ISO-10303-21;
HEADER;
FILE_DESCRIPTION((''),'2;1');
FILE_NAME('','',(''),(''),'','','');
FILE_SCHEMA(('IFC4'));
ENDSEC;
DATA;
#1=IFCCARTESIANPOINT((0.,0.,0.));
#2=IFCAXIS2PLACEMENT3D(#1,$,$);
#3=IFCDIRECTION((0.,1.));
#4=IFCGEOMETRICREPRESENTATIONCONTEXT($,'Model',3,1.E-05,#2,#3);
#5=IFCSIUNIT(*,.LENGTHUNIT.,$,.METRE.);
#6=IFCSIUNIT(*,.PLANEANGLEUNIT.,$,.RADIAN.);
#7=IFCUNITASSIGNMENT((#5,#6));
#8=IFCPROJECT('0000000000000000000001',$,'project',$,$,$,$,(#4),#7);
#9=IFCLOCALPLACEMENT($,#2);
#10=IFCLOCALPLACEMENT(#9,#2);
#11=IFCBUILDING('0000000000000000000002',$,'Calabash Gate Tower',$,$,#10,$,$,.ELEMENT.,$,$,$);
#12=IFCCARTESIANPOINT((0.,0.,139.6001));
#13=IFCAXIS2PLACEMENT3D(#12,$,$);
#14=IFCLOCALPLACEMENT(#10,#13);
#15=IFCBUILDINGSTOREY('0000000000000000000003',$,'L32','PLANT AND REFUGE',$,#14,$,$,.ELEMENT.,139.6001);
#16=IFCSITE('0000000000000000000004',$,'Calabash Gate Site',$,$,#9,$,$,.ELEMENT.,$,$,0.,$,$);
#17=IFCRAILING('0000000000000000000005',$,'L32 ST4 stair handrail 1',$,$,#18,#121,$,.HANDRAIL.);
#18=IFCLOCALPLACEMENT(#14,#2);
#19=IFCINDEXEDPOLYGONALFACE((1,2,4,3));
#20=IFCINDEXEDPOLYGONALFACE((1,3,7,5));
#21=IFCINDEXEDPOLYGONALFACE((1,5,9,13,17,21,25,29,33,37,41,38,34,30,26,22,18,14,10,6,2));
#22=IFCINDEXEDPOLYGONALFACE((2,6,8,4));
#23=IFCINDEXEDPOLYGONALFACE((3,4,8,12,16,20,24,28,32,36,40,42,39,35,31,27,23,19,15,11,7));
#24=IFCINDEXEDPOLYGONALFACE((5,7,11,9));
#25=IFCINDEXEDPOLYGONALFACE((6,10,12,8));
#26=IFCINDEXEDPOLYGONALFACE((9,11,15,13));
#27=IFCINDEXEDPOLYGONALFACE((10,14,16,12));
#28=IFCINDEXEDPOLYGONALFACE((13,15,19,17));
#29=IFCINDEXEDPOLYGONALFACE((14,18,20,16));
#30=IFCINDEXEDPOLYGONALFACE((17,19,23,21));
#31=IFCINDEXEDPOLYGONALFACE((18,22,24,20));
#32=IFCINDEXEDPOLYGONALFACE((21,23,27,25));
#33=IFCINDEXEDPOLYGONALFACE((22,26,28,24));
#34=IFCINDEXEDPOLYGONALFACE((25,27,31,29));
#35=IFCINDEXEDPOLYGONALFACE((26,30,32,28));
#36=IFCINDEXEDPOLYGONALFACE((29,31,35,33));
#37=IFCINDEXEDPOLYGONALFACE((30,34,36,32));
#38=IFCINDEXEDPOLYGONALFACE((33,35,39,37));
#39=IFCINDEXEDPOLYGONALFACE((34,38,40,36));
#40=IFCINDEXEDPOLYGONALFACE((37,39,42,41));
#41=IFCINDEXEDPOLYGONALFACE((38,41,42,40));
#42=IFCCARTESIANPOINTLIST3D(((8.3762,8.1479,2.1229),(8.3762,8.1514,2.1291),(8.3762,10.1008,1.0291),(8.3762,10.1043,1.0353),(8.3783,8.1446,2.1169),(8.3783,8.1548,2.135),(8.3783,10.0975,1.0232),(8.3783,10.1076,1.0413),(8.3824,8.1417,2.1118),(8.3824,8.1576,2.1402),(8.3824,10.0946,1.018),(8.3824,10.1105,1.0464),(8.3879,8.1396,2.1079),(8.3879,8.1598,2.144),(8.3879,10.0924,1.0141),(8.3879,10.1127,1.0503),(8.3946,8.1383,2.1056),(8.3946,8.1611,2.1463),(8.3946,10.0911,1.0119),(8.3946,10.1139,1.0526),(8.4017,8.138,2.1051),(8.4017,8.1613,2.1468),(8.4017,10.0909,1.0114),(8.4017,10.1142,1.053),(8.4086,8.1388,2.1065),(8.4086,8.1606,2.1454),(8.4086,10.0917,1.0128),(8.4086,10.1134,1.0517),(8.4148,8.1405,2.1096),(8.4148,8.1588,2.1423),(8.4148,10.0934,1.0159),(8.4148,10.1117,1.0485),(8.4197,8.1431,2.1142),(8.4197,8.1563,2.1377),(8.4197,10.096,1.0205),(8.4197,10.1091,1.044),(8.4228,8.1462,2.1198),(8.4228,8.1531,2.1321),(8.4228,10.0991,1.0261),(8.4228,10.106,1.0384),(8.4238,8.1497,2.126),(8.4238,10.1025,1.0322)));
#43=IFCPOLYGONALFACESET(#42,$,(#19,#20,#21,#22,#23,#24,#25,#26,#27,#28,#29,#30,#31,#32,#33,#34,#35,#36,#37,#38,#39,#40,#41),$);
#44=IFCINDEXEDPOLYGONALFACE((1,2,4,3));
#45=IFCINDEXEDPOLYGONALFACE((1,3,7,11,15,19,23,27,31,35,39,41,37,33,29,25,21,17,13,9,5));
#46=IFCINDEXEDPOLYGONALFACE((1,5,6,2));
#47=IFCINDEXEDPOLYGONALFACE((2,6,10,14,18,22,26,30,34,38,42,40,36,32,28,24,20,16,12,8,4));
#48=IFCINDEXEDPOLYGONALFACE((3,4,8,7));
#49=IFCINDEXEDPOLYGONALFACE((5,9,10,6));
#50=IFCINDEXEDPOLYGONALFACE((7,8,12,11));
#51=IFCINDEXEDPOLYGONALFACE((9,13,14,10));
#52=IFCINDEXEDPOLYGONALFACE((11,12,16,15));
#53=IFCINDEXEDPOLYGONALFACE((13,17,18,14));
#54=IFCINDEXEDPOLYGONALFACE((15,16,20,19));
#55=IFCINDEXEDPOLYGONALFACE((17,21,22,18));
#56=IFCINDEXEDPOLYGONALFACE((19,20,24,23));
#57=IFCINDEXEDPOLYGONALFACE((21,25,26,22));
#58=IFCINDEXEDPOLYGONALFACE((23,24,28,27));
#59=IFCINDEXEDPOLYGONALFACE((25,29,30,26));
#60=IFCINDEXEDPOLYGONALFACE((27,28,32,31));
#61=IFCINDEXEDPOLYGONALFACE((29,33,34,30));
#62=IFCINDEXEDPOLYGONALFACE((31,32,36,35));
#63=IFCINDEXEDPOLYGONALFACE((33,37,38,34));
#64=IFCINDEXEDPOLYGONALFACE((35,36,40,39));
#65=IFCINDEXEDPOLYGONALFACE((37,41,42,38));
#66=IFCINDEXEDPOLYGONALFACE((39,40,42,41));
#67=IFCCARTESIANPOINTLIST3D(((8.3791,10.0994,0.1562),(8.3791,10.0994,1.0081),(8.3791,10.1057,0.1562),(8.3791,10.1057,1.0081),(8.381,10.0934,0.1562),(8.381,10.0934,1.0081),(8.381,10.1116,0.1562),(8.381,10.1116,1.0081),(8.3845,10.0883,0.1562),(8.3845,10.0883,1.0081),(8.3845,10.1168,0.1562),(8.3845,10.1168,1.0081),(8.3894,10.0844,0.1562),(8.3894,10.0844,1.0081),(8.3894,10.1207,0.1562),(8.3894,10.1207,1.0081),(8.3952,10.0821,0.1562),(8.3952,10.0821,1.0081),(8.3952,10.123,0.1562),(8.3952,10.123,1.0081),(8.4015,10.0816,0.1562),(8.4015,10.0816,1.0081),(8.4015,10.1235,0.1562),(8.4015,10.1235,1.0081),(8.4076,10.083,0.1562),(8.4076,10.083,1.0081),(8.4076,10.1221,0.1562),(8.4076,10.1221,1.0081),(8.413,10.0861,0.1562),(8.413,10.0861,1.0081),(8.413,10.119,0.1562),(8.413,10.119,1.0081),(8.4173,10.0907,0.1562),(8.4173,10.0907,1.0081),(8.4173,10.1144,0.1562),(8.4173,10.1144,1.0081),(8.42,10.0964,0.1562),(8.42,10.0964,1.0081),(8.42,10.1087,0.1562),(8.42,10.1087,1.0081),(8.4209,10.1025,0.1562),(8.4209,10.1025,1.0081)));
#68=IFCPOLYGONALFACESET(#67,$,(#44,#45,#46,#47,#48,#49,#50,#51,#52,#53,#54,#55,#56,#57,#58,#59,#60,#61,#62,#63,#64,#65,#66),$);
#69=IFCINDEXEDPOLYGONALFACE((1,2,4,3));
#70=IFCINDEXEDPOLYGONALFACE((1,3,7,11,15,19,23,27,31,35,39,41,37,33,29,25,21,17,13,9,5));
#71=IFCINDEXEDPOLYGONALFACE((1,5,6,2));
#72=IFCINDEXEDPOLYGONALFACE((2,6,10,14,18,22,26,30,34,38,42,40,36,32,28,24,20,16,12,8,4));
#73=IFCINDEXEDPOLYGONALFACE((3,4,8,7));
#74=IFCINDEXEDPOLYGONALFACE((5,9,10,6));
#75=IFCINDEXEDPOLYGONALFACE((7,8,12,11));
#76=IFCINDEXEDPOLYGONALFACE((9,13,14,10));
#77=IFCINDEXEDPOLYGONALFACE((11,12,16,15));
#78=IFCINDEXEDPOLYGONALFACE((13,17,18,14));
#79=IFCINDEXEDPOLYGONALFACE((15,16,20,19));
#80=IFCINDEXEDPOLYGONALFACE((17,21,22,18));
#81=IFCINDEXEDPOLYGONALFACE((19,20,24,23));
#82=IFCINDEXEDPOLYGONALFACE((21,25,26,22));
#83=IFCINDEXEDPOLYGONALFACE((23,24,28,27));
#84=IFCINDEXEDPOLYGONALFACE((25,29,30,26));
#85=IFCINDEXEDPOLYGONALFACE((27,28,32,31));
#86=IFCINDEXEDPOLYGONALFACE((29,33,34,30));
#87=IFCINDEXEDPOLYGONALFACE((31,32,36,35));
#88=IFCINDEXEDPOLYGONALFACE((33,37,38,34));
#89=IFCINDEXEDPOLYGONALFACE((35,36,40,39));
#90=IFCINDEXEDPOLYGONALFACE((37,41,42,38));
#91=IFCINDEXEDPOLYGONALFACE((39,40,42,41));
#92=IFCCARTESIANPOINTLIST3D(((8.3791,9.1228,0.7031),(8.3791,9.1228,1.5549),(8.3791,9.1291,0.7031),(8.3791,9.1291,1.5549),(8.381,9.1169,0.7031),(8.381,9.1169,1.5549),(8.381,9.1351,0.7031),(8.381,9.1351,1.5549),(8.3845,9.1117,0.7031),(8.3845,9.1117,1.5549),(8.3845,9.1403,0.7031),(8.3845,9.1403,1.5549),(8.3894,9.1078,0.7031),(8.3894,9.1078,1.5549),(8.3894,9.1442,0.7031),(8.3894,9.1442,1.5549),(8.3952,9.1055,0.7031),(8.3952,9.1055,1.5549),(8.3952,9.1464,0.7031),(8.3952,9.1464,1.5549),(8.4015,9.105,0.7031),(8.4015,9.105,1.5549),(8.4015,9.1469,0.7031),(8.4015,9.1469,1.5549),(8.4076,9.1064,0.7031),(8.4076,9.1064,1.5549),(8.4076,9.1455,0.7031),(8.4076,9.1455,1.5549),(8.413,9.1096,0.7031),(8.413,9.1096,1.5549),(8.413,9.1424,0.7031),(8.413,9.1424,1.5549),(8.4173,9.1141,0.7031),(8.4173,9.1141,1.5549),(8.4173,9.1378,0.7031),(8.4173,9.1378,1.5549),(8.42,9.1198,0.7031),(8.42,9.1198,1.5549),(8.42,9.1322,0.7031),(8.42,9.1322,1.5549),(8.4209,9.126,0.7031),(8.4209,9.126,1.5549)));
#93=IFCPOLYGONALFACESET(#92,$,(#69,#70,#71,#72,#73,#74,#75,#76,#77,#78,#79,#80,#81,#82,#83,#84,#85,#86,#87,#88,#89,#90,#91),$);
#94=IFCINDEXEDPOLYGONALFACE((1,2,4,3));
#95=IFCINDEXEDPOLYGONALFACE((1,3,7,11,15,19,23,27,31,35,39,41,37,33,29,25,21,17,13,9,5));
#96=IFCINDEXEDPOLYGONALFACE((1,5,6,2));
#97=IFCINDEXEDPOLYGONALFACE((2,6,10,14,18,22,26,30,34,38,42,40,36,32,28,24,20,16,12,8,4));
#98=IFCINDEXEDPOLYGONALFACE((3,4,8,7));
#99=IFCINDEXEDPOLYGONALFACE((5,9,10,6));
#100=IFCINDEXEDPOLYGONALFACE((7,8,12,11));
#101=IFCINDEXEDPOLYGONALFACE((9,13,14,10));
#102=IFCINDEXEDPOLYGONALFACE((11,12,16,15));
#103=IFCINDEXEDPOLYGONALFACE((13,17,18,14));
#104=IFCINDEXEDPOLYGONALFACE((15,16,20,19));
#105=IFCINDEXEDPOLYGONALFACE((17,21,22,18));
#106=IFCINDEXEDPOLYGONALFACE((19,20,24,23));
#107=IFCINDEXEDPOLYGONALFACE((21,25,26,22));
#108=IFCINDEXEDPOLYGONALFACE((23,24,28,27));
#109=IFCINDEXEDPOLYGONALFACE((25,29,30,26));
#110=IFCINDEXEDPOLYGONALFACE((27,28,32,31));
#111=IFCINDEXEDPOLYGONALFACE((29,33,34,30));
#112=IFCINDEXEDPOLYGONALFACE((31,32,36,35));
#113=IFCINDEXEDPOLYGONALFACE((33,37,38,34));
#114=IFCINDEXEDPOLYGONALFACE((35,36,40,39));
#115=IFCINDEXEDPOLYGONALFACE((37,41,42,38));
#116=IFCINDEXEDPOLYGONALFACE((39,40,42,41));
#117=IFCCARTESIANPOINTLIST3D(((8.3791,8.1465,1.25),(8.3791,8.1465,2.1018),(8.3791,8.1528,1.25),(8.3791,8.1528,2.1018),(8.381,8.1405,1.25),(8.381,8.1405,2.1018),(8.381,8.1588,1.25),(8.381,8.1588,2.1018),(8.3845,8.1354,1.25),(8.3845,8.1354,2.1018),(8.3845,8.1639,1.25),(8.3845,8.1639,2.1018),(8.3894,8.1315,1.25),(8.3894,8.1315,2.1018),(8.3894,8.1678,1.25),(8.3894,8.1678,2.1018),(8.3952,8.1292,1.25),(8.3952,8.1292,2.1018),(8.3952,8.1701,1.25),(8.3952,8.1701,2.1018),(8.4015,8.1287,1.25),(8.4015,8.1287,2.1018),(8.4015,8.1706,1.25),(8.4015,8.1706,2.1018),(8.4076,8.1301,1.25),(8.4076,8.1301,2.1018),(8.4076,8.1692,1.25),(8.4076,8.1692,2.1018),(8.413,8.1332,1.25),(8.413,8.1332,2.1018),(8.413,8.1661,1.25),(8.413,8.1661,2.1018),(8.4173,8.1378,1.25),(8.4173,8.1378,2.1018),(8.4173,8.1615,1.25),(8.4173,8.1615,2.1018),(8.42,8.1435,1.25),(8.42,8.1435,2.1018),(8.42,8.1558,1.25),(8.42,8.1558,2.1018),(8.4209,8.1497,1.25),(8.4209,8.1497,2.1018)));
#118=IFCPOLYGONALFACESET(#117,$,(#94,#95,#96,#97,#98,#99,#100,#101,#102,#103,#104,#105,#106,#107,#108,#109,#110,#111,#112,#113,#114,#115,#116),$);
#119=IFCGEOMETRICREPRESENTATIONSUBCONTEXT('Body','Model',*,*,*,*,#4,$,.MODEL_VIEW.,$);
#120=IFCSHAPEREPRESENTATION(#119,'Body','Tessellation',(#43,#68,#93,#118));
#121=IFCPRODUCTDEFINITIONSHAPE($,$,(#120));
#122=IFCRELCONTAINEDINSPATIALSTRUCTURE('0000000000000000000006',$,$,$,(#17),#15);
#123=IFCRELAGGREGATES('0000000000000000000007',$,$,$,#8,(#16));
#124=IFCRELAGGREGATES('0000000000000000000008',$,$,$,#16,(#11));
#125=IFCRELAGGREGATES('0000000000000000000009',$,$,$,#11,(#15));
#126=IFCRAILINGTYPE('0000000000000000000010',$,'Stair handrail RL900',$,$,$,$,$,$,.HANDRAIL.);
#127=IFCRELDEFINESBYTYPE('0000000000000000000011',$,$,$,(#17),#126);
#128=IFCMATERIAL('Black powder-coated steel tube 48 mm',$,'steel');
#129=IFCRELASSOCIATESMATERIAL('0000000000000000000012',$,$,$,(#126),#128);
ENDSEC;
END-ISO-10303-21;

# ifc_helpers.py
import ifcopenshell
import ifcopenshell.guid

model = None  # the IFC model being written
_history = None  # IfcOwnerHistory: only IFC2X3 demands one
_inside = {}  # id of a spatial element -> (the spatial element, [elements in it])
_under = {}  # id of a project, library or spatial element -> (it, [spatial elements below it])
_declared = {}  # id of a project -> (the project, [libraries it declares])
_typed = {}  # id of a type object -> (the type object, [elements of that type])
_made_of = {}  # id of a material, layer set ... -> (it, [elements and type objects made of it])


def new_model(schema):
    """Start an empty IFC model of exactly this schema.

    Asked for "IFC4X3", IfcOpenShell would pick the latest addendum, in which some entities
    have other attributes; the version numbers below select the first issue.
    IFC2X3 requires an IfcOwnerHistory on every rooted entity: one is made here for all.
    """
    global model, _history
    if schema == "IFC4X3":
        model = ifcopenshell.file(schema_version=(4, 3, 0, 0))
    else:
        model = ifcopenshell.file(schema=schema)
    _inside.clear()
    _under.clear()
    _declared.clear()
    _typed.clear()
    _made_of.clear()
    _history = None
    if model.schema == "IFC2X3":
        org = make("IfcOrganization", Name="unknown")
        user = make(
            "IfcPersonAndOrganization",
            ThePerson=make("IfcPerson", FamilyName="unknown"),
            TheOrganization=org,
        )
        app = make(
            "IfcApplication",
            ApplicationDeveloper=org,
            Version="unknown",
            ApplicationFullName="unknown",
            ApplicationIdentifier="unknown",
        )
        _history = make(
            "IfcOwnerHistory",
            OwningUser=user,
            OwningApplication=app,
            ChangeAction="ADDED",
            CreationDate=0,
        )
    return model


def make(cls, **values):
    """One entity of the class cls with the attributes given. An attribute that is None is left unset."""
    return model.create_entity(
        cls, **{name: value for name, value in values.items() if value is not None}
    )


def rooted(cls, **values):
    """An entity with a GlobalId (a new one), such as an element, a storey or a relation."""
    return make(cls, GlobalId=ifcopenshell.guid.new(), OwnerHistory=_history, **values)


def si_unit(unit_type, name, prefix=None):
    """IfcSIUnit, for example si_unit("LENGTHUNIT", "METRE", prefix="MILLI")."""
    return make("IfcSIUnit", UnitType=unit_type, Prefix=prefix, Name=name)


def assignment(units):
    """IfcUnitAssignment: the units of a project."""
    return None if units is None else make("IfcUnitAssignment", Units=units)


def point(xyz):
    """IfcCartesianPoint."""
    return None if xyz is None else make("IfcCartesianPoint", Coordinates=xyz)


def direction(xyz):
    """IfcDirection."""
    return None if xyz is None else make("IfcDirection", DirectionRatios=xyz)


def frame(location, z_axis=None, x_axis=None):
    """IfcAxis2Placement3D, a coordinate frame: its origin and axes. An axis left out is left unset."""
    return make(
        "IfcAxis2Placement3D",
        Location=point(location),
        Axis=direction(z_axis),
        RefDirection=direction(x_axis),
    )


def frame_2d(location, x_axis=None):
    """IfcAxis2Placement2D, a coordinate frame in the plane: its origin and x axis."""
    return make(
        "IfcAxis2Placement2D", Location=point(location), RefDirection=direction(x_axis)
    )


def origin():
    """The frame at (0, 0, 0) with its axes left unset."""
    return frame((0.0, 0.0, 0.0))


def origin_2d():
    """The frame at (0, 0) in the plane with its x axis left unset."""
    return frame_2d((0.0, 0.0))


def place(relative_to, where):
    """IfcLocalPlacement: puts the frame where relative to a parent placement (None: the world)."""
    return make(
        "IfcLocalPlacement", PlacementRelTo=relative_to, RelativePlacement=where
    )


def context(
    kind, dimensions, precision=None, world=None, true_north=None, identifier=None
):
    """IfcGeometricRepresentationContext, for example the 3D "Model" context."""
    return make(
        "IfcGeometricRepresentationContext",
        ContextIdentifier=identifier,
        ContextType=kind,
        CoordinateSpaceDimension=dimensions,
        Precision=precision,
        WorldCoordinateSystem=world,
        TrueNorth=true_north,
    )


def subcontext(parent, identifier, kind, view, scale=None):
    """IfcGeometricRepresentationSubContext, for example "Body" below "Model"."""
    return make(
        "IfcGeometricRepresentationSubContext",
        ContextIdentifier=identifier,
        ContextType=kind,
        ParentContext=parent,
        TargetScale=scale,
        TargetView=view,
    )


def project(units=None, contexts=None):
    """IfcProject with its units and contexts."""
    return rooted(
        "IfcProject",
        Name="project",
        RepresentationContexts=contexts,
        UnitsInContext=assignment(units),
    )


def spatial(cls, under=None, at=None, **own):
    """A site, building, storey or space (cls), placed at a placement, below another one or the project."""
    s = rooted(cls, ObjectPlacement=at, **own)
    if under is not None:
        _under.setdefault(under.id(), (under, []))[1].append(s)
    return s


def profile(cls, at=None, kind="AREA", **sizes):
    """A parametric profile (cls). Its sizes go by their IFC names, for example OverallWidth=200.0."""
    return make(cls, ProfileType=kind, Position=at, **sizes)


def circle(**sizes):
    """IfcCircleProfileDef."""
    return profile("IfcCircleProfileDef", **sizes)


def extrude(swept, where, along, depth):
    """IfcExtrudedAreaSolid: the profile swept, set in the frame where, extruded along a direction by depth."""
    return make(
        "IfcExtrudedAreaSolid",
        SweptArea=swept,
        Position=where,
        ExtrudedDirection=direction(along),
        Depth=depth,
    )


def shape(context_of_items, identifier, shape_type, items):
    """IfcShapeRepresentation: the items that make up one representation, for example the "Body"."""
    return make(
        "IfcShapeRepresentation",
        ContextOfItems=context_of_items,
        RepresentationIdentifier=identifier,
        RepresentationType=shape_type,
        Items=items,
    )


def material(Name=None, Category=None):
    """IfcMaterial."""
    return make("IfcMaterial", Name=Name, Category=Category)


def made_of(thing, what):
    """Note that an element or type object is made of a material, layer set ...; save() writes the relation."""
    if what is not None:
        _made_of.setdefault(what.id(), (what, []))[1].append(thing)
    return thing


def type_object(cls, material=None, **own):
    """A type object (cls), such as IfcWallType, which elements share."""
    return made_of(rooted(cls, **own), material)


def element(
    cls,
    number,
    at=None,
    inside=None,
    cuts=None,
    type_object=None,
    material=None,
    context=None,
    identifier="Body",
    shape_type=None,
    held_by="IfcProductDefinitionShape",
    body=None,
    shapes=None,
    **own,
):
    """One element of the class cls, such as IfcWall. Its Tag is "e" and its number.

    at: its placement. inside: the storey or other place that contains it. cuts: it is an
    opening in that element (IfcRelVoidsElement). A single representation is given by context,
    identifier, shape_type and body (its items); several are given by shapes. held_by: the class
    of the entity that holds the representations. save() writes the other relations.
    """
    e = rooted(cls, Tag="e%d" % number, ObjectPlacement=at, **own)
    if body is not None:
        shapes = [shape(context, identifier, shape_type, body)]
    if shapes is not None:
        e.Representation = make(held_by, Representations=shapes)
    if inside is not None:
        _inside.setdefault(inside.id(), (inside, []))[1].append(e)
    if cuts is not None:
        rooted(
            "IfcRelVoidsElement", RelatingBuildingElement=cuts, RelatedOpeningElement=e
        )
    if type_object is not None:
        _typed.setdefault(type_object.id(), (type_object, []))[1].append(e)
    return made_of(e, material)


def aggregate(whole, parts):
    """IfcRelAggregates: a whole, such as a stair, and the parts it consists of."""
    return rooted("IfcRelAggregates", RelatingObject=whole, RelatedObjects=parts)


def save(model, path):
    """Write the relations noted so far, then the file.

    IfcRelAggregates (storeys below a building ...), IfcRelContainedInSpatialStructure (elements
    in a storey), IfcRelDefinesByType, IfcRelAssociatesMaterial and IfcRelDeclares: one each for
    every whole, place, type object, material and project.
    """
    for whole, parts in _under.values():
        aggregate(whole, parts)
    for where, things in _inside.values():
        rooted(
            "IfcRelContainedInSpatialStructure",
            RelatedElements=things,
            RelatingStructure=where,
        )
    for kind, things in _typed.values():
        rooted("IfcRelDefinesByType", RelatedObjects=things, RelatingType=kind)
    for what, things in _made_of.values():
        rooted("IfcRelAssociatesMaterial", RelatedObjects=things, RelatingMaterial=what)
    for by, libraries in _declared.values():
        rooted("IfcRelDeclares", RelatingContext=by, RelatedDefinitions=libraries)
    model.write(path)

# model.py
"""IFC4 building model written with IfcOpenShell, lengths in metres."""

from ifc_helpers import new_model, si_unit, direction, frame, origin, origin_2d, place, context, subcontext, project, spatial, circle, extrude, material, type_object, element, save


model = new_model("IFC4")

# Units and contexts
model_context = context("Model", 3, precision=1e-05, world=origin(), true_north=direction((0.0, 1.0)))
body_context = subcontext(model_context, "Body", "Model", "MODEL_VIEW")
ifc_project = project(units=[si_unit("LENGTHUNIT", "METRE"), si_unit("PLANEANGLEUNIT", "RADIAN")], contexts=[model_context])

# Site, building, storey
site_placement = place(None, origin())
site = spatial("IfcSite", under=ifc_project, at=site_placement, Name="Calabash Gate Site", CompositionType="ELEMENT", RefElevation=0.0)
building_placement = place(site_placement, origin())
building = spatial("IfcBuilding", under=site, at=building_placement, Name="Calabash Gate Tower", CompositionType="ELEMENT")
storey_placement = place(building_placement, frame((0.0, 0.0, 139.6001)))
storey = spatial("IfcBuildingStorey", under=building, at=storey_placement, Name="L32", Description="PLANT AND REFUGE", CompositionType="ELEMENT", Elevation=139.6001)

# Railing
ifc_material_1 = material(Name="Black powder-coated steel tube 48 mm", Category="steel")
railing_type_1 = type_object("IfcRailingType", Name="Stair handrail RL900", PredefinedType="HANDRAIL", material=ifc_material_1)
railing_1_placement = place(storey_placement, frame((8.3999, 10.1025, 0.1562)))
element("IfcRailing", 1, at=railing_1_placement, inside=storey, type_object=railing_type_1, Name="L32 ST4 stair handrail 1", PredefinedType="HANDRAIL", context=body_context, shape_type="SweptSolid", body=[
    extrude(circle(Radius=0.0239, at=origin_2d()), frame((0.0, 0.0, 0.876), z_axis=(0.0, -0.87248, 0.48865), x_axis=(1.0, 0.0, 0.0)), (0.0, 0.0, 1.0), 2.2383),
    extrude(circle(Radius=0.021, at=origin_2d()), origin(), (0.0, 0.0, 1.0), 0.8518),
    extrude(circle(Radius=0.021, at=origin_2d()), frame((0.0, -0.9766, 0.5469)), (0.0, 0.0, 1.0), 0.8518),
    extrude(circle(Radius=0.021, at=origin_2d()), frame((0.0, -1.9529, 1.0938)), (0.0, 0.0, 1.0), 0.8518),
])

save(model, "model.ifc")
